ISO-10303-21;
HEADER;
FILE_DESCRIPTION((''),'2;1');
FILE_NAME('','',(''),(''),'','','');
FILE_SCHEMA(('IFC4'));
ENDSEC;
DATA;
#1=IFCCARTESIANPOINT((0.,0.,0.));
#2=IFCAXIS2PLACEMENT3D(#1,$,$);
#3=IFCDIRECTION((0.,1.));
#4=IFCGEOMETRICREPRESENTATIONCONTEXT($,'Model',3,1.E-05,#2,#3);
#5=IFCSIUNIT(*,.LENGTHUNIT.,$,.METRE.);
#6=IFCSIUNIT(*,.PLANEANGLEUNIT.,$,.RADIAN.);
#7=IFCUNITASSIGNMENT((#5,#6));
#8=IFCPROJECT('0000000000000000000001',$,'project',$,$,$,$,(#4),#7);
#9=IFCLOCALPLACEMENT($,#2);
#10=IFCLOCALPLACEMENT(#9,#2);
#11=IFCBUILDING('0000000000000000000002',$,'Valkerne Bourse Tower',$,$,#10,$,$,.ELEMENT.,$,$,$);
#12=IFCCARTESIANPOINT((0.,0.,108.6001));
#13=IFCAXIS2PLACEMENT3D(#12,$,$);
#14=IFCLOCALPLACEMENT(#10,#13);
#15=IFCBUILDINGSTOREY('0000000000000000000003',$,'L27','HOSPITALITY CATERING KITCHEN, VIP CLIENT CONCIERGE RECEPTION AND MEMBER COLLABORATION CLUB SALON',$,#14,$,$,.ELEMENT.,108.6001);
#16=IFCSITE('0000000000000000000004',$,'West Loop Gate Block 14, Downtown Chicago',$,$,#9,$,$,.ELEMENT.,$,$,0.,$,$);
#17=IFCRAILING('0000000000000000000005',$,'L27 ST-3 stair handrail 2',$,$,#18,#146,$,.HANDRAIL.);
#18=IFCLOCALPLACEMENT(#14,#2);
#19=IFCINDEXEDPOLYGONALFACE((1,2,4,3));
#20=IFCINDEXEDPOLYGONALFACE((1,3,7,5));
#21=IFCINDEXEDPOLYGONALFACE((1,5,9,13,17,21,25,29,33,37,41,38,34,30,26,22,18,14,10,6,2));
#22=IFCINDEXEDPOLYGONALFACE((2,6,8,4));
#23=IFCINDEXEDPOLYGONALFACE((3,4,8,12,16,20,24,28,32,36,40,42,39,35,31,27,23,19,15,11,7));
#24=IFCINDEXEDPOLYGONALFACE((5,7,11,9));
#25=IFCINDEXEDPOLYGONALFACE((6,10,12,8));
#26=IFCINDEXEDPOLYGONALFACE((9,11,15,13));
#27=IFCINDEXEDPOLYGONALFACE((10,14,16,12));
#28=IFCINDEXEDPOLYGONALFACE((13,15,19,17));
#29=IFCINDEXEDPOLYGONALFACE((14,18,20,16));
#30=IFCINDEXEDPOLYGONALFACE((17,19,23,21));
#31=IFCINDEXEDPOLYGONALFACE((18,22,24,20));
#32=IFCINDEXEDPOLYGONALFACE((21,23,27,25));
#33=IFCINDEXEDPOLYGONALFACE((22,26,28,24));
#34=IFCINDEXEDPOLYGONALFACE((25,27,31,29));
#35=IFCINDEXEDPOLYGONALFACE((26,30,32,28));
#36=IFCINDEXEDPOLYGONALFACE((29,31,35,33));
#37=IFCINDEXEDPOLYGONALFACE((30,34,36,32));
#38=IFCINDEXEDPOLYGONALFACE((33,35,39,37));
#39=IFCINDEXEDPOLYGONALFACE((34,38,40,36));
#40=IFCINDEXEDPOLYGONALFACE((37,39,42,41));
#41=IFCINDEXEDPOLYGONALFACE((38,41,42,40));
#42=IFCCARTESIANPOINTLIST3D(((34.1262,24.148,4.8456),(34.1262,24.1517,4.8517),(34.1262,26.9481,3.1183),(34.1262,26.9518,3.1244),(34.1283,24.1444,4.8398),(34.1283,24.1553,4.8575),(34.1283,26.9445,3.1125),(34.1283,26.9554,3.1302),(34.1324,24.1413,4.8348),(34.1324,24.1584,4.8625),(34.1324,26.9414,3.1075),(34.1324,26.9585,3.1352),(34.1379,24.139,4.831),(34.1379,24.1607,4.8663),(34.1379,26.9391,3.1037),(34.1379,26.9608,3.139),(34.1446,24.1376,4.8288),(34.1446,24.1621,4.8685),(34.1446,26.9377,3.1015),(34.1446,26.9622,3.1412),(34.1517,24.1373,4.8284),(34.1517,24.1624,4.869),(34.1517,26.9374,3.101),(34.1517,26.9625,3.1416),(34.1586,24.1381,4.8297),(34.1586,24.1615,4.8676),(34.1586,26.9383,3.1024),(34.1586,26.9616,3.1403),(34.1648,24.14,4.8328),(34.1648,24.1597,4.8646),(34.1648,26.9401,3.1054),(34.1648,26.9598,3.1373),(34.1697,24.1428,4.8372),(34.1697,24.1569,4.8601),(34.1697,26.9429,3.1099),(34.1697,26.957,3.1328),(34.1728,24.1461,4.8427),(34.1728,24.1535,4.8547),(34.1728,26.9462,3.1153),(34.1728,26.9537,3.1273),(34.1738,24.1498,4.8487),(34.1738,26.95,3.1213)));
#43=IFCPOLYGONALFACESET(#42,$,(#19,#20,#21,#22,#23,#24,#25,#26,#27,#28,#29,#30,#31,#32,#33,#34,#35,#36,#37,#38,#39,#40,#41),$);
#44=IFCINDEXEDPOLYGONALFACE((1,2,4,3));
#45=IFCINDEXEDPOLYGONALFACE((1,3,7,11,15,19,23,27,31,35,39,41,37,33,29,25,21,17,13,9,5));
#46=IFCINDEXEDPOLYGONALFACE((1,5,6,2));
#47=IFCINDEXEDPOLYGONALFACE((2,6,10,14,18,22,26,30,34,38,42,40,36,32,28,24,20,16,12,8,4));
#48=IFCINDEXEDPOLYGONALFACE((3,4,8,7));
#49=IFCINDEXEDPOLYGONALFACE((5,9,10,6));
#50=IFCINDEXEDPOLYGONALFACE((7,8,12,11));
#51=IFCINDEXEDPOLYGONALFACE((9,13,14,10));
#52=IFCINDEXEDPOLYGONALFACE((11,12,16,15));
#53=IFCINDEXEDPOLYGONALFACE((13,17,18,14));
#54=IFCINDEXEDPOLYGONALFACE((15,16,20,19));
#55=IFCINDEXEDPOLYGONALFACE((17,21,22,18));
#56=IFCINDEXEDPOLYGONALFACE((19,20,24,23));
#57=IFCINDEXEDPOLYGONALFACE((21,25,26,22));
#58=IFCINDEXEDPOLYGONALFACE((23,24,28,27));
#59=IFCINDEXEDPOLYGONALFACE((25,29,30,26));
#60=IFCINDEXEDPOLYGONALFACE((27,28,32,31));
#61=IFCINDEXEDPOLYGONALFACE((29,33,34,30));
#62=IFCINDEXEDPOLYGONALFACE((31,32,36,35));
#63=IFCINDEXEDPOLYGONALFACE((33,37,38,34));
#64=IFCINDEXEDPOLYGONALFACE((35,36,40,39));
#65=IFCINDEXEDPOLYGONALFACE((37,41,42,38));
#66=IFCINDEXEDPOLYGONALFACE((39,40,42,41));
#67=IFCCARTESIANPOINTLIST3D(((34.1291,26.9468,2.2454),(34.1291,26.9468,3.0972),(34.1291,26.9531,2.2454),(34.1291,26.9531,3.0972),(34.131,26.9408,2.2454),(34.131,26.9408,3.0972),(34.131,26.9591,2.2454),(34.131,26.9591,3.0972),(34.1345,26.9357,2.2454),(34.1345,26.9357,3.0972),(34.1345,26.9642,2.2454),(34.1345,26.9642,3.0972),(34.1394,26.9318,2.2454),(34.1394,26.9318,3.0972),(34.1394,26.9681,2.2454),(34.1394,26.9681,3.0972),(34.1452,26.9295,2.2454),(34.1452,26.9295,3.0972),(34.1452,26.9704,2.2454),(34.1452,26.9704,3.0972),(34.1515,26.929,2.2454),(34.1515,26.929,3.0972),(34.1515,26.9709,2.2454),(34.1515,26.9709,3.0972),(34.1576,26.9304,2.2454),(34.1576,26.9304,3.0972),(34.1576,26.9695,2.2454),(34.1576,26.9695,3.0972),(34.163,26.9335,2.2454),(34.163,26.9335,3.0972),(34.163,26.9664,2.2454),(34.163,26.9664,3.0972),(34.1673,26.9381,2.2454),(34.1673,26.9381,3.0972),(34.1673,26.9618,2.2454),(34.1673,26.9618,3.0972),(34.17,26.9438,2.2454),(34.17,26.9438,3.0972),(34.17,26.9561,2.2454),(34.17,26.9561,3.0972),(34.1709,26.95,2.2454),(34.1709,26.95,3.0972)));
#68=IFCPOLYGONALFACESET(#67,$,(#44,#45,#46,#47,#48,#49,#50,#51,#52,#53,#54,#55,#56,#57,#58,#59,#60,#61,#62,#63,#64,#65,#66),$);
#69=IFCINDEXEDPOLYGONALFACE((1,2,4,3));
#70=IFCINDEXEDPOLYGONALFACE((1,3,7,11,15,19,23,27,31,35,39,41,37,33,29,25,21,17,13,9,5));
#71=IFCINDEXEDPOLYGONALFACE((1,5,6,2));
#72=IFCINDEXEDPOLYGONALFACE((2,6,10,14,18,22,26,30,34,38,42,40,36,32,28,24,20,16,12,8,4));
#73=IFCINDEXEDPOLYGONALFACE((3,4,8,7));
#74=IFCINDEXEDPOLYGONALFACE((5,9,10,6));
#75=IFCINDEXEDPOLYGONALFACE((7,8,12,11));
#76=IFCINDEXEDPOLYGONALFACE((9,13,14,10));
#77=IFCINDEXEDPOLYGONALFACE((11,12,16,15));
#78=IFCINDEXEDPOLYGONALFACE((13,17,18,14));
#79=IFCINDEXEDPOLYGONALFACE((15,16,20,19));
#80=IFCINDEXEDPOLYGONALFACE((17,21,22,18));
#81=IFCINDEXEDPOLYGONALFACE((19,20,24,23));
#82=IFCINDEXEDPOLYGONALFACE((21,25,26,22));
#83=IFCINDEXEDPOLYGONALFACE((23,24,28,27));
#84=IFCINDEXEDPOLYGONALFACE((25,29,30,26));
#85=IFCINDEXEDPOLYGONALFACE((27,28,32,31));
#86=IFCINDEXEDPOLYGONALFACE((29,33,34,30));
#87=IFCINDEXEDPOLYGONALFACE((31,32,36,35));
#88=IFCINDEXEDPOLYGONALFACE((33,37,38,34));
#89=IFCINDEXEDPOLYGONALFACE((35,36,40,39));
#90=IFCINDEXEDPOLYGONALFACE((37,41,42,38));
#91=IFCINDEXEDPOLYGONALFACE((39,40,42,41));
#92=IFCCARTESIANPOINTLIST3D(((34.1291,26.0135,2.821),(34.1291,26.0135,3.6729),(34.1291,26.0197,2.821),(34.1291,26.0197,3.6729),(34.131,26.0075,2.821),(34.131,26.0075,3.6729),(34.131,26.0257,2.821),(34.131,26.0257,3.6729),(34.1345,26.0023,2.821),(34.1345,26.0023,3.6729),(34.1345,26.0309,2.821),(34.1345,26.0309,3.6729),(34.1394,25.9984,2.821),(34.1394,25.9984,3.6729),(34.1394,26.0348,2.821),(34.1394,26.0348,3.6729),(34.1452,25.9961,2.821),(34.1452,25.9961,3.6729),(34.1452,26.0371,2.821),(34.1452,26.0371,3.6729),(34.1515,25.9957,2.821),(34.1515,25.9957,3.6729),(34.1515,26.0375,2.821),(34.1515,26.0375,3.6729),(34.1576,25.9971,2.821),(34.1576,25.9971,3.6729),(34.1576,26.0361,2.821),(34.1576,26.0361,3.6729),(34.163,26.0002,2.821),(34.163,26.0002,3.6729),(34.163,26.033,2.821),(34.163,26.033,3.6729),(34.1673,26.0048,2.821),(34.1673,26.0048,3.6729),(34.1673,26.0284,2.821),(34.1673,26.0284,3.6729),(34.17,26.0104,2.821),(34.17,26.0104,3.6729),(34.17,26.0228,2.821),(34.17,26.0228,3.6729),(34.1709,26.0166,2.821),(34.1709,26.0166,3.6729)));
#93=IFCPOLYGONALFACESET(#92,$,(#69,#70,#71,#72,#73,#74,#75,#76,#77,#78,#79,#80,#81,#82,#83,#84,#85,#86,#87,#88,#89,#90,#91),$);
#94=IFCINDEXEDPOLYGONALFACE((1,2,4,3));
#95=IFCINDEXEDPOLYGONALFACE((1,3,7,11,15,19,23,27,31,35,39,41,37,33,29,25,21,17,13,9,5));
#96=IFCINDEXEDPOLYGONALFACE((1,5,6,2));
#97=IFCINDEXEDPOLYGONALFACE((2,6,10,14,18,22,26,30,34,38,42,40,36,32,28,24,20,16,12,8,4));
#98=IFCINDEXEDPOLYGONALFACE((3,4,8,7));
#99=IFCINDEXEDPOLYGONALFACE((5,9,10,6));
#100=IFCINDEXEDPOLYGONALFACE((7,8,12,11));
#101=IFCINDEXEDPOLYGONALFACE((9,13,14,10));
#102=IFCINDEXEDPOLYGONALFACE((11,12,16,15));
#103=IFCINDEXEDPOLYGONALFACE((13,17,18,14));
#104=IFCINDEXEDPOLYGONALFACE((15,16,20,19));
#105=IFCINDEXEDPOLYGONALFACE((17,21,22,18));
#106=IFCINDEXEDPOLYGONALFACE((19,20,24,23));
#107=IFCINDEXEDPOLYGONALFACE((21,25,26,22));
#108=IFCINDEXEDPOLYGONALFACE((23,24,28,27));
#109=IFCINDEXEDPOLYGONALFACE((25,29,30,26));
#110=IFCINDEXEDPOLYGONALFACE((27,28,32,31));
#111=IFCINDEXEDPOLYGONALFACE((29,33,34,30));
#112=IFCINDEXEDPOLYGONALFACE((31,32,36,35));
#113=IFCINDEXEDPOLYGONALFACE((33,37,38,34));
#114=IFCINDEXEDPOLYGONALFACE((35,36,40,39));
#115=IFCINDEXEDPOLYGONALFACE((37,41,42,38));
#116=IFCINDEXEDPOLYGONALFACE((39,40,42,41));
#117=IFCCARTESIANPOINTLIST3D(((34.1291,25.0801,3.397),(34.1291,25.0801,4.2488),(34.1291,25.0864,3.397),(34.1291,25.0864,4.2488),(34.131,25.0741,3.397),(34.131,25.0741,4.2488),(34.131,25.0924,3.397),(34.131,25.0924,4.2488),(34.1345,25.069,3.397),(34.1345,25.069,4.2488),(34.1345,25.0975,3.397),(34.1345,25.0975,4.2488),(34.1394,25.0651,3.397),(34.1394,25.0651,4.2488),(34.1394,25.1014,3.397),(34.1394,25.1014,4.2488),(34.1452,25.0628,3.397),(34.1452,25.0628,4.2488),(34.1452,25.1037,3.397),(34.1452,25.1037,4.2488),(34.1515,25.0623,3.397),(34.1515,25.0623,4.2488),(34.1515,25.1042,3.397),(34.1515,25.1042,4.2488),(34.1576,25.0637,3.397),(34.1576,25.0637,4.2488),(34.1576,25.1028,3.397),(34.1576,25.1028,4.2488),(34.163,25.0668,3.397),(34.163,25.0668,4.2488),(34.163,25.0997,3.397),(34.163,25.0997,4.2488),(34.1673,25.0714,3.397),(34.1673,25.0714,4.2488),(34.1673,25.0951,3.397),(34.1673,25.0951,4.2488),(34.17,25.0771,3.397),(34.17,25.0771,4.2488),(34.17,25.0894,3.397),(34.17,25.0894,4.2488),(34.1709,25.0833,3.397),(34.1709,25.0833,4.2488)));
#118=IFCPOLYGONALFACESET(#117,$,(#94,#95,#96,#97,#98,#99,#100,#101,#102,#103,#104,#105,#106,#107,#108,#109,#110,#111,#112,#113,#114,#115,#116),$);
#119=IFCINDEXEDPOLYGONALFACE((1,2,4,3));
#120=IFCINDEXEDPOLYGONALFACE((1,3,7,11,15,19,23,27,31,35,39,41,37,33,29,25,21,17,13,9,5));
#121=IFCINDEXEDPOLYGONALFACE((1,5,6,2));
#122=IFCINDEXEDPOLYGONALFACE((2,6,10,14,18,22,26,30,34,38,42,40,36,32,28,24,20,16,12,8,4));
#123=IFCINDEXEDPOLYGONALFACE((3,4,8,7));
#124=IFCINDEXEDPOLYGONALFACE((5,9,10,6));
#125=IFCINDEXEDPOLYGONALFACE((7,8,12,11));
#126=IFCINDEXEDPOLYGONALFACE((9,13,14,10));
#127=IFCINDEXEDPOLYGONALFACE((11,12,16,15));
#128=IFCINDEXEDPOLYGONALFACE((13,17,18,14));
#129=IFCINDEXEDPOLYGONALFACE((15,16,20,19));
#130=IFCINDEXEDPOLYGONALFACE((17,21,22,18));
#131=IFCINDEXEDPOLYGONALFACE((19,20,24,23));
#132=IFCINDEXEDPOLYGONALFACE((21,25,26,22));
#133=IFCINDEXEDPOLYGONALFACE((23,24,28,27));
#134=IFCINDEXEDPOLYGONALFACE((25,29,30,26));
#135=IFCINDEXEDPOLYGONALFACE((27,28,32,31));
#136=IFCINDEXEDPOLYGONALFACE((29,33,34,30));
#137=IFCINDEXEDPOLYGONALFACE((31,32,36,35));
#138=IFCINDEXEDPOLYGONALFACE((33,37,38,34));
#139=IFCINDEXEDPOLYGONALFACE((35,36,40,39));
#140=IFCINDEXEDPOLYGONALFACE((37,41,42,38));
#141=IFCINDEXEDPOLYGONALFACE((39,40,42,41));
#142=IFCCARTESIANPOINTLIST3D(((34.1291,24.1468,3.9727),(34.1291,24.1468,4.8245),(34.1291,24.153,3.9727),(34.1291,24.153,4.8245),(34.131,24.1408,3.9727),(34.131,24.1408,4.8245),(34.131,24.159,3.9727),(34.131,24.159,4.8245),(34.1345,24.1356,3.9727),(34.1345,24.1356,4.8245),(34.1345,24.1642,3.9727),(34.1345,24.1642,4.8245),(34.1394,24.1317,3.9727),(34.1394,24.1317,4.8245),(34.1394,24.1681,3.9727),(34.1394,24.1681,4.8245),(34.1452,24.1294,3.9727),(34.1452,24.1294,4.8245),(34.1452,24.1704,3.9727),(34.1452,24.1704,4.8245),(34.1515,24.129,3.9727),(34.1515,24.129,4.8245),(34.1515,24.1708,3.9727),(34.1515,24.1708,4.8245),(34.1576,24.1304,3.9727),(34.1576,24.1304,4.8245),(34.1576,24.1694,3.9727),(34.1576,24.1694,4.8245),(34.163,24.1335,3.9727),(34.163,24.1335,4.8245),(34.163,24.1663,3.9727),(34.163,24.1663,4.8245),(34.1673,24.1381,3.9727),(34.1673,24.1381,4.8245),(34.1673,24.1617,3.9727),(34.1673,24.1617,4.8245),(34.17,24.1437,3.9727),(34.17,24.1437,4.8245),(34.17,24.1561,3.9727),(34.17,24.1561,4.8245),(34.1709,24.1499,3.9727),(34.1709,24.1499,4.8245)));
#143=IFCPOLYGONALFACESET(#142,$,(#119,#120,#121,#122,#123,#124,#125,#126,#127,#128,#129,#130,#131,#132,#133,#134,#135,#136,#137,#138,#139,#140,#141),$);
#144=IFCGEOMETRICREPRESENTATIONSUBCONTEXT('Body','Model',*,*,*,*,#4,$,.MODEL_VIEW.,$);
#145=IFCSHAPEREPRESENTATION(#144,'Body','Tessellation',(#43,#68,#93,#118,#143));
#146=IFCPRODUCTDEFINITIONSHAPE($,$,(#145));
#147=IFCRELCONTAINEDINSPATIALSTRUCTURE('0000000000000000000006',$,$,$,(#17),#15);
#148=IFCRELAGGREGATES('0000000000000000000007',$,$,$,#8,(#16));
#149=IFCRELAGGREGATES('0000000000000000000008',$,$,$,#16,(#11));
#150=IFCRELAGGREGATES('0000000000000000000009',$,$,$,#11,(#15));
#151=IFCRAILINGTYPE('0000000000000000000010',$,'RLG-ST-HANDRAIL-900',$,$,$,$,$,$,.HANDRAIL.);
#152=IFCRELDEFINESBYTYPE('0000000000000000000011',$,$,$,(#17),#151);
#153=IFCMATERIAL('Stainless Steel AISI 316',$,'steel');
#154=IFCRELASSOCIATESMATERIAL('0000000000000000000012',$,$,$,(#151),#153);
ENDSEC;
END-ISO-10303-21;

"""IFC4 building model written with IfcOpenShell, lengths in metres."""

from ifc_helpers import new_model, si_unit, direction, frame, origin, origin_2d, place, context, subcontext, project, spatial, circle, extrude, material, type_object, element, save


model = new_model("IFC4")

# Units and contexts
model_context = context("Model", 3, precision=1e-05, world=origin(), true_north=direction((0.0, 1.0)))
body_context = subcontext(model_context, "Body", "Model", "MODEL_VIEW")
ifc_project = project(units=[si_unit("LENGTHUNIT", "METRE"), si_unit("PLANEANGLEUNIT", "RADIAN")], contexts=[model_context])

# Site, building, storey
site_placement = place(None, origin())
site = spatial("IfcSite", under=ifc_project, at=site_placement, Name="West Loop Gate Block 14, Downtown Chicago", CompositionType="ELEMENT", RefElevation=0.0)
building_placement = place(site_placement, origin())
building = spatial("IfcBuilding", under=site, at=building_placement, Name="Valkerne Bourse Tower", CompositionType="ELEMENT")
storey_placement = place(building_placement, frame((0.0, 0.0, 108.6001)))
storey = spatial("IfcBuildingStorey", under=building, at=storey_placement, Name="L27", Description="HOSPITALITY CATERING KITCHEN, VIP CLIENT CONCIERGE RECEPTION AND MEMBER COLLABORATION CLUB SALON", CompositionType="ELEMENT", Elevation=108.6001)

# Railing
ifc_material_1 = material(Name="Stainless Steel AISI 316", Category="steel")
railing_type_1 = type_object("IfcRailingType", Name="RLG-ST-HANDRAIL-900", PredefinedType="HANDRAIL", material=ifc_material_1)
railing_1_placement = place(storey_placement, frame((34.1499, 26.95, 2.2454)))
element("IfcRailing", 1, at=railing_1_placement, inside=storey, type_object=railing_type_1, Name="L27 ST-3 stair handrail 2", PredefinedType="HANDRAIL", context=body_context, shape_type="SweptSolid", body=[
    extrude(circle(Radius=0.0239, at=origin_2d()), frame((0.0, 0.0, 0.876), z_axis=(0.0, -0.85109, 0.52502), x_axis=(1.0, 0.0, 0.0)), (0.0, 0.0, 1.0), 3.29),
    extrude(circle(Radius=0.021, at=origin_2d()), origin(), (0.0, 0.0, 1.0), 0.8518),
    extrude(circle(Radius=0.021, at=origin_2d()), frame((0.0, -0.9333, 0.5757)), (0.0, 0.0, 1.0), 0.8518),
    extrude(circle(Radius=0.021, at=origin_2d()), frame((0.0, -1.8667, 1.1516)), (0.0, 0.0, 1.0), 0.8518),
    extrude(circle(Radius=0.021, at=origin_2d()), frame((0.0, -2.8, 1.7273)), (0.0, 0.0, 1.0), 0.8518),
])

save(model, "model.ifc")
